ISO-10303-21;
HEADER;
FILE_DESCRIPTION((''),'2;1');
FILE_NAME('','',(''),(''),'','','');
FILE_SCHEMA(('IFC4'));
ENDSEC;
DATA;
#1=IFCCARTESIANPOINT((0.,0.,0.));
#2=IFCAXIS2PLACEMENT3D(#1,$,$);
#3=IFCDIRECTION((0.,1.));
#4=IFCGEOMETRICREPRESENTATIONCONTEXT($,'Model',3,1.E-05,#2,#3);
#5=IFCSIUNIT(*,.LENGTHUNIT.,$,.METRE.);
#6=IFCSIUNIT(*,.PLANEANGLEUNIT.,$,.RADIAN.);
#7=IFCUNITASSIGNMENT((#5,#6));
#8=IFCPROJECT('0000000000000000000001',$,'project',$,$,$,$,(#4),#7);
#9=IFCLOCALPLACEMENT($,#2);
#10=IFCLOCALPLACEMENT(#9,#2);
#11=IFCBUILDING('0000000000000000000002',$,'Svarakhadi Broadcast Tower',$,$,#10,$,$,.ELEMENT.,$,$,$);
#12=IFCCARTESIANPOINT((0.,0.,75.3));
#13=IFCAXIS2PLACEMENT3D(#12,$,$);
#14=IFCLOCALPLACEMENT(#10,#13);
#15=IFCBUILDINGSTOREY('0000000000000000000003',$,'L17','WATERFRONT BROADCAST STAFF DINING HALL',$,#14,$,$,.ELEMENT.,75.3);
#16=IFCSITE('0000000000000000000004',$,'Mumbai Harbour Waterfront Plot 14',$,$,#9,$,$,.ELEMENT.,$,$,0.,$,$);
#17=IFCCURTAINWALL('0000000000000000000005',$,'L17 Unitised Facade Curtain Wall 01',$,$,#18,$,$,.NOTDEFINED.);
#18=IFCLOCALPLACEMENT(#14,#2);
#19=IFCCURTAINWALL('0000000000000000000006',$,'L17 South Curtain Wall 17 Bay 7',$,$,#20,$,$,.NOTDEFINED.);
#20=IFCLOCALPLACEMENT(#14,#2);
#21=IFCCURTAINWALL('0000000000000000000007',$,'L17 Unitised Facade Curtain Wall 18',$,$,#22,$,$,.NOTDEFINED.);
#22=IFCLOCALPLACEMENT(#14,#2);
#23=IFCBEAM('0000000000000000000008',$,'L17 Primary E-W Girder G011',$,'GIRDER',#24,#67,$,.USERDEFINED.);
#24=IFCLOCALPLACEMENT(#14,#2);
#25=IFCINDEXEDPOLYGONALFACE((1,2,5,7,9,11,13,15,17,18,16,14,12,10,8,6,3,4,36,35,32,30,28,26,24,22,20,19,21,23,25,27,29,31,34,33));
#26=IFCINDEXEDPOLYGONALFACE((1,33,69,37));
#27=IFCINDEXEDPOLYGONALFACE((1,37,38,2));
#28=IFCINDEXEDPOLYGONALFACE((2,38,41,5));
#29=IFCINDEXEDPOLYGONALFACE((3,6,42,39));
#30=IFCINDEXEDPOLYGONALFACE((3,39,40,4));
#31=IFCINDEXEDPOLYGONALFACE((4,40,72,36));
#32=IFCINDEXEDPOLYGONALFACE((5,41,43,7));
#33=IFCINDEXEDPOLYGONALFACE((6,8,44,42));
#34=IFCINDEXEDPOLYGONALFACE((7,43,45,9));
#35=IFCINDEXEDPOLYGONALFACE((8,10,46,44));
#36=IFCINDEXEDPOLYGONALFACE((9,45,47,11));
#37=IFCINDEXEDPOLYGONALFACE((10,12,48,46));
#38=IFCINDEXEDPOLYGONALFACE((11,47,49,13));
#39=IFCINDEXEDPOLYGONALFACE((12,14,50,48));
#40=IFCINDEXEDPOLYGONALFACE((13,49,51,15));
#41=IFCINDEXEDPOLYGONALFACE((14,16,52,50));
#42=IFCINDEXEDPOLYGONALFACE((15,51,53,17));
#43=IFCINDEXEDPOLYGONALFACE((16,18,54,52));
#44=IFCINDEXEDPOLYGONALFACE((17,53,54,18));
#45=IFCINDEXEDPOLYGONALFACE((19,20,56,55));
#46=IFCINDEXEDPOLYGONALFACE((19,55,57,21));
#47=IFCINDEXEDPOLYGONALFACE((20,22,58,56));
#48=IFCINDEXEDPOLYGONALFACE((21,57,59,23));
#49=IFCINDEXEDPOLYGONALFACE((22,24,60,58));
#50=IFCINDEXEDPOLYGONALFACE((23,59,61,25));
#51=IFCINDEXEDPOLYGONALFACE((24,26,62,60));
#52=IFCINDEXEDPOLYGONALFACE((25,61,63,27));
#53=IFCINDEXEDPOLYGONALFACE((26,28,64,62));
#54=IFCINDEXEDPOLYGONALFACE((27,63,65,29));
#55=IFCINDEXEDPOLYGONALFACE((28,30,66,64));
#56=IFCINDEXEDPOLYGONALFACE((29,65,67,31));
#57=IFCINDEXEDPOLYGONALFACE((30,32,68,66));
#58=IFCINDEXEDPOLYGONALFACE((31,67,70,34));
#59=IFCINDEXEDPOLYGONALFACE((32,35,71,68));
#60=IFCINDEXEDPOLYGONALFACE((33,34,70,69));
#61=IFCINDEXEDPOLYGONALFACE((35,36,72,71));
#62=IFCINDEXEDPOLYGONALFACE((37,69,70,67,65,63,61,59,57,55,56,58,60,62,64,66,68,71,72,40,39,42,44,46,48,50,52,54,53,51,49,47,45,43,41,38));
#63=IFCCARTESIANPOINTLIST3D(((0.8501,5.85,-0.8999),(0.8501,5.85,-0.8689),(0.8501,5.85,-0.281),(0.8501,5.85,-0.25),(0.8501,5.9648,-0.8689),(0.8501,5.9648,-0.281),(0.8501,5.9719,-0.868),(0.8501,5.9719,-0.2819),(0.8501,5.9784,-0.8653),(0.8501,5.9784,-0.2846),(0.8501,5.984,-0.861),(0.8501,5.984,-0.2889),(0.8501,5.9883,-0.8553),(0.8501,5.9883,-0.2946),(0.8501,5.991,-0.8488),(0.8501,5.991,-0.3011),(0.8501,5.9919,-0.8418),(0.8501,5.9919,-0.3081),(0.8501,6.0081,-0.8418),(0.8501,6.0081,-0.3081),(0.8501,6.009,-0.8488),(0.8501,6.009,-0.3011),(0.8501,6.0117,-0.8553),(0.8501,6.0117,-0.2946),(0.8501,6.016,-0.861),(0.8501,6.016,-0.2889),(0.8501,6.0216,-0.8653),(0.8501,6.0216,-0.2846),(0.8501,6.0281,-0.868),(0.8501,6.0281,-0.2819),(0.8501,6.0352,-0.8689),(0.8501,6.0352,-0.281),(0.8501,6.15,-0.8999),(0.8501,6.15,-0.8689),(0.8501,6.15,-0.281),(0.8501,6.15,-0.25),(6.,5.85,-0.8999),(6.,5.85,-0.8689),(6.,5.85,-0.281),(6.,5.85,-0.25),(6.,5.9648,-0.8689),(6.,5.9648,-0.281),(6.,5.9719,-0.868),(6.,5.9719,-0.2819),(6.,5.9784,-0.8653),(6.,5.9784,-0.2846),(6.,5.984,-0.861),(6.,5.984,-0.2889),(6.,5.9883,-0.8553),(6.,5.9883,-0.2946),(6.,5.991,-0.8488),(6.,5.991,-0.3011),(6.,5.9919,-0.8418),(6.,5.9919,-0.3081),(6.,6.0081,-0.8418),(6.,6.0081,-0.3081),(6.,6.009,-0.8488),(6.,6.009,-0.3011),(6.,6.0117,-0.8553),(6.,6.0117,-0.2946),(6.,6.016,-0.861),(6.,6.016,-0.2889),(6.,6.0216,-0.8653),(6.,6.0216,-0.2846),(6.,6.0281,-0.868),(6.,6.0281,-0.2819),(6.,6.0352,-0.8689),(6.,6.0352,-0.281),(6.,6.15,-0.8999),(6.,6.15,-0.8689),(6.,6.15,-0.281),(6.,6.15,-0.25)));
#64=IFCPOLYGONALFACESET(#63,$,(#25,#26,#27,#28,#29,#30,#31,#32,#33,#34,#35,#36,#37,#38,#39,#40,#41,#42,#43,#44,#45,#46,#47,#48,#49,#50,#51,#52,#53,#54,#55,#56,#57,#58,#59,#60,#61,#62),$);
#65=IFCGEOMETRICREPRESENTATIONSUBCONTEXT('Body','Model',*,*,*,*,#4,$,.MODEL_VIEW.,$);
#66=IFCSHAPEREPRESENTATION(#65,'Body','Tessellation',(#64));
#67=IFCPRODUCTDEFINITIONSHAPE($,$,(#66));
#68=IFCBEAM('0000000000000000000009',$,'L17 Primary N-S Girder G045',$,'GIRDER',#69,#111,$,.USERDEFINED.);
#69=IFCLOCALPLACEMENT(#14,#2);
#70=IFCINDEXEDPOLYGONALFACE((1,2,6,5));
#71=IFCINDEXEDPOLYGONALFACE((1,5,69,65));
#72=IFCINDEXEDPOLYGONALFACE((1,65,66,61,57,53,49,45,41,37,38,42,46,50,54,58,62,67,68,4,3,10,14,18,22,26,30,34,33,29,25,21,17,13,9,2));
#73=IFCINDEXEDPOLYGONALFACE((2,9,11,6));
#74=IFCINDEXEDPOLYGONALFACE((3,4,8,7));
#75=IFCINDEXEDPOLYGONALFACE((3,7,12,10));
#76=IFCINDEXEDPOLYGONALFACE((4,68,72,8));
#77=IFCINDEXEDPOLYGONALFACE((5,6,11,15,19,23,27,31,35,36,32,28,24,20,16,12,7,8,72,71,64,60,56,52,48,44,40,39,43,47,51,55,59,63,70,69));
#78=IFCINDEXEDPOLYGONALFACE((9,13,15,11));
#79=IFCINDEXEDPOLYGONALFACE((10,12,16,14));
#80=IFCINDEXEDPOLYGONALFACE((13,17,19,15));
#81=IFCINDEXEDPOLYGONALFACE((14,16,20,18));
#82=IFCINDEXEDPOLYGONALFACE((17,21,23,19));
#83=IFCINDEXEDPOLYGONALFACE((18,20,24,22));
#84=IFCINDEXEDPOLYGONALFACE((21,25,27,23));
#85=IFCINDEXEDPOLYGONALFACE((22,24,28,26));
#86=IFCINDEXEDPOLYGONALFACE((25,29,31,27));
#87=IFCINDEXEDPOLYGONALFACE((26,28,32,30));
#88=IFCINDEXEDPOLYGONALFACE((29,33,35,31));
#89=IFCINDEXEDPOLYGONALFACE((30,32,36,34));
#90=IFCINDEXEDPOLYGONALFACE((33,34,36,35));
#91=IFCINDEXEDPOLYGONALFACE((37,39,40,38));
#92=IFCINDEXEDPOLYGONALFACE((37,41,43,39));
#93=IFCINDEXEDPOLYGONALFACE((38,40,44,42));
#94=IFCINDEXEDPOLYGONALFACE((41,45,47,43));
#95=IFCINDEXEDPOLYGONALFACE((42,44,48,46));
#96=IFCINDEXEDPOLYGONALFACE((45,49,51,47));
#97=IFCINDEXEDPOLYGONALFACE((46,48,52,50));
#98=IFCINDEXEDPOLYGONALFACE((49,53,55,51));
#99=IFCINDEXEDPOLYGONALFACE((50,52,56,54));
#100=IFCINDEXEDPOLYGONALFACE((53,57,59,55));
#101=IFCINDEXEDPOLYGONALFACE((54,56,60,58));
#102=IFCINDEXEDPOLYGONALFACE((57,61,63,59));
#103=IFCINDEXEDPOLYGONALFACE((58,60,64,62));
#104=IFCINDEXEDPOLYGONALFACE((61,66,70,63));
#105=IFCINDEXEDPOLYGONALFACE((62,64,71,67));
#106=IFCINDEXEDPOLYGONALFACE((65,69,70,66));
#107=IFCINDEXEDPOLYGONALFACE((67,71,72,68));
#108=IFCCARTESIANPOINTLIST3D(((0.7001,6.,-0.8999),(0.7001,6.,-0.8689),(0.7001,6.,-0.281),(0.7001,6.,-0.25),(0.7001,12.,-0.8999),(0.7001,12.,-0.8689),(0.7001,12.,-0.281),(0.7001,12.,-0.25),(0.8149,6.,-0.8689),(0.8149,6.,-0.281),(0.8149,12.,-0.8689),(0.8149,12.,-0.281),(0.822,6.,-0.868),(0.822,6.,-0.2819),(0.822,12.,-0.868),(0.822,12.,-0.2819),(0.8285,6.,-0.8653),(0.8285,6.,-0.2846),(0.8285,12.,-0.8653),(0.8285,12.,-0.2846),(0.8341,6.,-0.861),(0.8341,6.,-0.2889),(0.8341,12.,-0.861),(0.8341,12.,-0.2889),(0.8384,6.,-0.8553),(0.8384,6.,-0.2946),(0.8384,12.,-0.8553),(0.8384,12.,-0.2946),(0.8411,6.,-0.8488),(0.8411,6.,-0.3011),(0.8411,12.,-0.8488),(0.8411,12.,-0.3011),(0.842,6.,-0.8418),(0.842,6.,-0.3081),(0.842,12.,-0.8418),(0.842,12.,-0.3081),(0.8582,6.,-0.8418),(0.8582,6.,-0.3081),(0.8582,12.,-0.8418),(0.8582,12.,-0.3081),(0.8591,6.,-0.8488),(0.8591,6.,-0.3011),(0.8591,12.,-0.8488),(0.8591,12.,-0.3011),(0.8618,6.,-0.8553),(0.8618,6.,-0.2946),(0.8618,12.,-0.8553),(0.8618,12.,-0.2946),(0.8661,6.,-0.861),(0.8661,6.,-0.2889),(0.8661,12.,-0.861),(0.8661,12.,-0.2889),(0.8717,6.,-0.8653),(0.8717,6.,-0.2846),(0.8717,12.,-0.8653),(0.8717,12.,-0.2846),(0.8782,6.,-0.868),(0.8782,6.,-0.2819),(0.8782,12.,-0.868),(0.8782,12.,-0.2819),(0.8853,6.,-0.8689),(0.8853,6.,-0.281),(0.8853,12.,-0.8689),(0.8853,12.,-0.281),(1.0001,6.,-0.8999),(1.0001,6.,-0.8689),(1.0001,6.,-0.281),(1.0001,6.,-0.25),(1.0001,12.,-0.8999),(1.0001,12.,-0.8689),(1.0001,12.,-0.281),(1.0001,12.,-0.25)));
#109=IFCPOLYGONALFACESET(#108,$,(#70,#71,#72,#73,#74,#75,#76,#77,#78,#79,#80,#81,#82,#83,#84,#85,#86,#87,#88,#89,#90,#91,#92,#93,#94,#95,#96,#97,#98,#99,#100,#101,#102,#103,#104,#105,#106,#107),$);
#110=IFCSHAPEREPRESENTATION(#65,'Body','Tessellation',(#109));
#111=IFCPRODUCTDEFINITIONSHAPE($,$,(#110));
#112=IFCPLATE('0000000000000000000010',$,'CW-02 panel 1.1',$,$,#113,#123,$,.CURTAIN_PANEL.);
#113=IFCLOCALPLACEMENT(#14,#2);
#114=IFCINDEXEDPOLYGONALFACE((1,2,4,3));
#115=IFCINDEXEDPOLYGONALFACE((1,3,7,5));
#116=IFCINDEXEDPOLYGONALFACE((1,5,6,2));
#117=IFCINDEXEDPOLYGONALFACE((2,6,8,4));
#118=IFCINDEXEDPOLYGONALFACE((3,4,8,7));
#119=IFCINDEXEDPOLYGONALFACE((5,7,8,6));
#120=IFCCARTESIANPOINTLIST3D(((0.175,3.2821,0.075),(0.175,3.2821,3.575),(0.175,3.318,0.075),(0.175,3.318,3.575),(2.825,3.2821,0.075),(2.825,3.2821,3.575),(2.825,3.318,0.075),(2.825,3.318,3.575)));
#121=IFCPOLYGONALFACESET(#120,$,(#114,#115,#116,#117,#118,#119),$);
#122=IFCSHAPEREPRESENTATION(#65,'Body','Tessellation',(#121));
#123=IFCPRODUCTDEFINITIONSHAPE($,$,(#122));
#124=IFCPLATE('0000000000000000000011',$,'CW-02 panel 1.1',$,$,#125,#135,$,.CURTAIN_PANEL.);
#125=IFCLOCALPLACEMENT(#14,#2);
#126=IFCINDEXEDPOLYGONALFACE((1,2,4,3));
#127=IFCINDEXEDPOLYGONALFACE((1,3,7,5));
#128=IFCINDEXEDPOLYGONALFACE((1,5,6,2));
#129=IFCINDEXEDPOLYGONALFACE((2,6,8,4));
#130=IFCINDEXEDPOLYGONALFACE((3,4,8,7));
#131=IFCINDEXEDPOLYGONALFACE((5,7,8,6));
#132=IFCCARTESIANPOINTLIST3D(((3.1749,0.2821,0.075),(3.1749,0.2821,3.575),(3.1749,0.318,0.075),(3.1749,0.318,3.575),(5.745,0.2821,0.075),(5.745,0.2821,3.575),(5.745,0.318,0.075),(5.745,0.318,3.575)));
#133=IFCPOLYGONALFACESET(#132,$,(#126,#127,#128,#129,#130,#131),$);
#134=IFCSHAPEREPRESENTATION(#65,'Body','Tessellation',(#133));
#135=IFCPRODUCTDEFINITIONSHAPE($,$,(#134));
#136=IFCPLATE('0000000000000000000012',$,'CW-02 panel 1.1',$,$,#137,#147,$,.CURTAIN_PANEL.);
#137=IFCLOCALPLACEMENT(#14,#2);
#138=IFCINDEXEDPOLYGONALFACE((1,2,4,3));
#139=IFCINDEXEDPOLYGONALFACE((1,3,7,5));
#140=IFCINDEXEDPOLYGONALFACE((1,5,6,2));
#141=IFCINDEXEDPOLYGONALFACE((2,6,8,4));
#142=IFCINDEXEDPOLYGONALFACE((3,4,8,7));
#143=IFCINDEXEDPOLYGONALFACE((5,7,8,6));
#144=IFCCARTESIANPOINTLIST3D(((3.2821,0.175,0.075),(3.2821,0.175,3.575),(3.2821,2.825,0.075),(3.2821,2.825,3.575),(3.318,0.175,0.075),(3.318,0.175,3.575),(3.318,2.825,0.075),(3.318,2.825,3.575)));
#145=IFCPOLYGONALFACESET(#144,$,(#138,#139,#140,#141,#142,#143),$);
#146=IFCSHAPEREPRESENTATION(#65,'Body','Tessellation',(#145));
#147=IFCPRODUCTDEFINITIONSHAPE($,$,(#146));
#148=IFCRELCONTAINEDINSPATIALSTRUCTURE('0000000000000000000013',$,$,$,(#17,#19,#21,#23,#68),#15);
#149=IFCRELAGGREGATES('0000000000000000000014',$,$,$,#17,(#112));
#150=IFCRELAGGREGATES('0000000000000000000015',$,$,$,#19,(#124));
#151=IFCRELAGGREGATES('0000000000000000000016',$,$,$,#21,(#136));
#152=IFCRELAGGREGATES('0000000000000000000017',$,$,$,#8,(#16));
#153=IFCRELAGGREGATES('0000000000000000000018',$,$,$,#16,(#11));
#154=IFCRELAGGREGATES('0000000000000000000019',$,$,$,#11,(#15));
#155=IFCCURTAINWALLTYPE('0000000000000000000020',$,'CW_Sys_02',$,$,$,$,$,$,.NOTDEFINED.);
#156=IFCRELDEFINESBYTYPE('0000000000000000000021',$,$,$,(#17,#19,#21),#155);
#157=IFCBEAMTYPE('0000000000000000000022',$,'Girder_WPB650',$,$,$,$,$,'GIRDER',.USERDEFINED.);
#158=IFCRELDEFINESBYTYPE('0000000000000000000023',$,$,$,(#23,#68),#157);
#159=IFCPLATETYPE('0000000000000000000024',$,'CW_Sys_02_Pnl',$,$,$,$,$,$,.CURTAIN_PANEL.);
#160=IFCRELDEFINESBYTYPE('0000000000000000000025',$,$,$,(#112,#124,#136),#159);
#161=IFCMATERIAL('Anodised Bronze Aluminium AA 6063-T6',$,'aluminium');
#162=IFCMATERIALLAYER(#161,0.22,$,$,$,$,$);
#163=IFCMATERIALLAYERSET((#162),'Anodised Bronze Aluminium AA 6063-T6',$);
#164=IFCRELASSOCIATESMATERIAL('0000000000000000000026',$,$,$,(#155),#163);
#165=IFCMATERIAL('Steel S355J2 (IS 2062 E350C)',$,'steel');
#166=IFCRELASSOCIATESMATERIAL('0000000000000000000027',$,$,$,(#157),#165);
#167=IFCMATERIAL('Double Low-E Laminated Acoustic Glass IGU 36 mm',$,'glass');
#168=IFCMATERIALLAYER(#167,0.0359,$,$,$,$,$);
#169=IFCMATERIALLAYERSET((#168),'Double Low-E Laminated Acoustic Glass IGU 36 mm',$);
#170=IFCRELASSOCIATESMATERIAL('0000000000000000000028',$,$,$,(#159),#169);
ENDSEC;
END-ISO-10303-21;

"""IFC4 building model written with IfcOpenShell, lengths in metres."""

from ifc_helpers import new_model, si_unit, direction, frame, origin, origin_2d, place, context, subcontext, project, spatial, rectangle, i_section, extrude, material, layer, layer_set, material_profile, profile_set, type_object, element, aggregate, save


model = new_model("IFC4")

# Units and contexts
model_context = context("Model", 3, precision=1e-05, world=origin(), true_north=direction((0.0, 1.0)))
body_context = subcontext(model_context, "Body", "Model", "MODEL_VIEW")
ifc_project = project(units=[si_unit("LENGTHUNIT", "METRE"), si_unit("PLANEANGLEUNIT", "RADIAN")], contexts=[model_context])

# Site, building, storey
site_placement = place(None, origin())
site = spatial("IfcSite", under=ifc_project, at=site_placement, Name="Mumbai Harbour Waterfront Plot 14", CompositionType="ELEMENT", RefElevation=0.0)
building_placement = place(site_placement, origin())
building = spatial("IfcBuilding", under=site, at=building_placement, Name="Svarakhadi Broadcast Tower", CompositionType="ELEMENT")
storey_placement = place(building_placement, frame((0.0, 0.0, 75.3)))
storey = spatial("IfcBuildingStorey", under=building, at=storey_placement, Name="L17", Description="WATERFRONT BROADCAST STAFF DINING HALL", CompositionType="ELEMENT", Elevation=75.3)

# Curtain wall
ifc_material_1 = material(Name="Anodised Bronze Aluminium AA 6063-T6", Category="aluminium")
ifc_layer_1 = layer(ifc_material_1, 0.22)
ifc_layer_set_1 = layer_set([ifc_layer_1], Name="Anodised Bronze Aluminium AA 6063-T6")
curtain_wall_type = type_object("IfcCurtainWallType", Name="CW_Sys_02", PredefinedType="NOTDEFINED", material=ifc_layer_set_1)
curtain_wall_1_placement = place(storey_placement, origin())
curtain_wall_1 = element("IfcCurtainWall", 1, at=curtain_wall_1_placement, inside=storey, type_object=curtain_wall_type, Name="L17 Unitised Facade Curtain Wall 01", PredefinedType="NOTDEFINED")

# Curtain walls
curtain_wall_2_placement = place(storey_placement, origin())
curtain_wall_2 = element("IfcCurtainWall", 2, at=curtain_wall_2_placement, inside=storey, type_object=curtain_wall_type, Name="L17 South Curtain Wall 17 Bay 7", PredefinedType="NOTDEFINED")
curtain_wall_3_placement = place(storey_placement, origin())
curtain_wall_3 = element("IfcCurtainWall", 3, at=curtain_wall_3_placement, inside=storey, type_object=curtain_wall_type, Name="L17 Unitised Facade Curtain Wall 18", PredefinedType="NOTDEFINED")

# Beams
ifc_material_2 = material(Name="Steel S355J2 (IS 2062 E350C)", Category="steel")
ifc_material_profile_1 = material_profile(ifc_material_2, i_section(OverallWidth=0.3, OverallDepth=0.6499, WebThickness=0.0161, FlangeThickness=0.031, FilletRadius=0.0271, at=origin_2d()), Name="WPB 650x300x225")
ifc_profile_set_1 = profile_set([ifc_material_profile_1], Name="Steel S355J2 (IS 2062 E350C)")
beam_type = type_object("IfcBeamType", Name="Girder_WPB650", ElementType="GIRDER", PredefinedType="USERDEFINED", material=ifc_profile_set_1)
beam_1_placement = place(storey_placement, frame((0.8501, 6.0, -0.575), z_axis=(1.0, 0.0, 0.0), x_axis=(0.0, 1.0, 0.0)))
element("IfcBeam", 4, at=beam_1_placement, inside=storey, type_object=beam_type, Name="L17 Primary E-W Girder G011", ObjectType="GIRDER", PredefinedType="USERDEFINED", context=body_context, shape_type="SweptSolid", body=[
    extrude(i_section(OverallWidth=0.3, OverallDepth=0.6499, WebThickness=0.0161, FlangeThickness=0.031, FilletRadius=0.0271, at=origin_2d()), origin(), (0.0, 0.0, 1.0), 5.1499),
])
beam_2_placement = place(storey_placement, frame((0.8501, 6.0, -0.575), z_axis=(0.0, 1.0, 0.0), x_axis=(-1.0, 0.0, 0.0)))
element("IfcBeam", 5, at=beam_2_placement, inside=storey, type_object=beam_type, Name="L17 Primary N-S Girder G045", ObjectType="GIRDER", PredefinedType="USERDEFINED", context=body_context, shape_type="SweptSolid", body=[
    extrude(i_section(OverallWidth=0.3, OverallDepth=0.6499, WebThickness=0.0161, FlangeThickness=0.031, FilletRadius=0.0271, at=origin_2d()), origin(), (0.0, 0.0, 1.0), 6.0),
])

# Plates
ifc_material_3 = material(Name="Double Low-E Laminated Acoustic Glass IGU 36 mm", Category="glass")
ifc_layer_2 = layer(ifc_material_3, 0.0359)
ifc_layer_set_2 = layer_set([ifc_layer_2], Name="Double Low-E Laminated Acoustic Glass IGU 36 mm")
plate_type = type_object("IfcPlateType", Name="CW_Sys_02_Pnl", PredefinedType="CURTAIN_PANEL", material=ifc_layer_set_2)
plate_1_placement = place(storey_placement, frame((1.5, 3.3, 0.075), z_axis=(0.0, 0.0, 1.0), x_axis=(-1.0, 0.0, 0.0)))
plate_1 = element("IfcPlate", 6, at=plate_1_placement, type_object=plate_type, Name="CW-02 panel 1.1", PredefinedType="CURTAIN_PANEL", context=body_context, shape_type="SweptSolid", body=[
    extrude(rectangle(XDim=2.6499, YDim=0.0359, at=origin_2d()), origin(), (0.0, 0.0, 1.0), 3.5),
])
aggregate(curtain_wall_1, [plate_1])
plate_2_placement = place(storey_placement, frame((4.46, 0.3, 0.075), z_axis=(0.0, 0.0, 1.0), x_axis=(-1.0, 0.0, 0.0)))
plate_2 = element("IfcPlate", 7, at=plate_2_placement, type_object=plate_type, Name="CW-02 panel 1.1", PredefinedType="CURTAIN_PANEL", context=body_context, shape_type="SweptSolid", body=[
    extrude(rectangle(XDim=2.5701, YDim=0.0359, at=origin_2d()), origin(), (0.0, 0.0, 1.0), 3.5),
])
aggregate(curtain_wall_2, [plate_2])
plate_3_placement = place(storey_placement, frame((3.3, 1.5, 0.075), z_axis=(0.0, 0.0, 1.0), x_axis=(0.0, 1.0, 0.0)))
plate_3 = element("IfcPlate", 8, at=plate_3_placement, type_object=plate_type, Name="CW-02 panel 1.1", PredefinedType="CURTAIN_PANEL", context=body_context, shape_type="SweptSolid", body=[
    extrude(rectangle(XDim=2.6499, YDim=0.0359, at=origin_2d()), origin(), (0.0, 0.0, 1.0), 3.5),
])
aggregate(curtain_wall_3, [plate_3])

save(model, "model.ifc")
